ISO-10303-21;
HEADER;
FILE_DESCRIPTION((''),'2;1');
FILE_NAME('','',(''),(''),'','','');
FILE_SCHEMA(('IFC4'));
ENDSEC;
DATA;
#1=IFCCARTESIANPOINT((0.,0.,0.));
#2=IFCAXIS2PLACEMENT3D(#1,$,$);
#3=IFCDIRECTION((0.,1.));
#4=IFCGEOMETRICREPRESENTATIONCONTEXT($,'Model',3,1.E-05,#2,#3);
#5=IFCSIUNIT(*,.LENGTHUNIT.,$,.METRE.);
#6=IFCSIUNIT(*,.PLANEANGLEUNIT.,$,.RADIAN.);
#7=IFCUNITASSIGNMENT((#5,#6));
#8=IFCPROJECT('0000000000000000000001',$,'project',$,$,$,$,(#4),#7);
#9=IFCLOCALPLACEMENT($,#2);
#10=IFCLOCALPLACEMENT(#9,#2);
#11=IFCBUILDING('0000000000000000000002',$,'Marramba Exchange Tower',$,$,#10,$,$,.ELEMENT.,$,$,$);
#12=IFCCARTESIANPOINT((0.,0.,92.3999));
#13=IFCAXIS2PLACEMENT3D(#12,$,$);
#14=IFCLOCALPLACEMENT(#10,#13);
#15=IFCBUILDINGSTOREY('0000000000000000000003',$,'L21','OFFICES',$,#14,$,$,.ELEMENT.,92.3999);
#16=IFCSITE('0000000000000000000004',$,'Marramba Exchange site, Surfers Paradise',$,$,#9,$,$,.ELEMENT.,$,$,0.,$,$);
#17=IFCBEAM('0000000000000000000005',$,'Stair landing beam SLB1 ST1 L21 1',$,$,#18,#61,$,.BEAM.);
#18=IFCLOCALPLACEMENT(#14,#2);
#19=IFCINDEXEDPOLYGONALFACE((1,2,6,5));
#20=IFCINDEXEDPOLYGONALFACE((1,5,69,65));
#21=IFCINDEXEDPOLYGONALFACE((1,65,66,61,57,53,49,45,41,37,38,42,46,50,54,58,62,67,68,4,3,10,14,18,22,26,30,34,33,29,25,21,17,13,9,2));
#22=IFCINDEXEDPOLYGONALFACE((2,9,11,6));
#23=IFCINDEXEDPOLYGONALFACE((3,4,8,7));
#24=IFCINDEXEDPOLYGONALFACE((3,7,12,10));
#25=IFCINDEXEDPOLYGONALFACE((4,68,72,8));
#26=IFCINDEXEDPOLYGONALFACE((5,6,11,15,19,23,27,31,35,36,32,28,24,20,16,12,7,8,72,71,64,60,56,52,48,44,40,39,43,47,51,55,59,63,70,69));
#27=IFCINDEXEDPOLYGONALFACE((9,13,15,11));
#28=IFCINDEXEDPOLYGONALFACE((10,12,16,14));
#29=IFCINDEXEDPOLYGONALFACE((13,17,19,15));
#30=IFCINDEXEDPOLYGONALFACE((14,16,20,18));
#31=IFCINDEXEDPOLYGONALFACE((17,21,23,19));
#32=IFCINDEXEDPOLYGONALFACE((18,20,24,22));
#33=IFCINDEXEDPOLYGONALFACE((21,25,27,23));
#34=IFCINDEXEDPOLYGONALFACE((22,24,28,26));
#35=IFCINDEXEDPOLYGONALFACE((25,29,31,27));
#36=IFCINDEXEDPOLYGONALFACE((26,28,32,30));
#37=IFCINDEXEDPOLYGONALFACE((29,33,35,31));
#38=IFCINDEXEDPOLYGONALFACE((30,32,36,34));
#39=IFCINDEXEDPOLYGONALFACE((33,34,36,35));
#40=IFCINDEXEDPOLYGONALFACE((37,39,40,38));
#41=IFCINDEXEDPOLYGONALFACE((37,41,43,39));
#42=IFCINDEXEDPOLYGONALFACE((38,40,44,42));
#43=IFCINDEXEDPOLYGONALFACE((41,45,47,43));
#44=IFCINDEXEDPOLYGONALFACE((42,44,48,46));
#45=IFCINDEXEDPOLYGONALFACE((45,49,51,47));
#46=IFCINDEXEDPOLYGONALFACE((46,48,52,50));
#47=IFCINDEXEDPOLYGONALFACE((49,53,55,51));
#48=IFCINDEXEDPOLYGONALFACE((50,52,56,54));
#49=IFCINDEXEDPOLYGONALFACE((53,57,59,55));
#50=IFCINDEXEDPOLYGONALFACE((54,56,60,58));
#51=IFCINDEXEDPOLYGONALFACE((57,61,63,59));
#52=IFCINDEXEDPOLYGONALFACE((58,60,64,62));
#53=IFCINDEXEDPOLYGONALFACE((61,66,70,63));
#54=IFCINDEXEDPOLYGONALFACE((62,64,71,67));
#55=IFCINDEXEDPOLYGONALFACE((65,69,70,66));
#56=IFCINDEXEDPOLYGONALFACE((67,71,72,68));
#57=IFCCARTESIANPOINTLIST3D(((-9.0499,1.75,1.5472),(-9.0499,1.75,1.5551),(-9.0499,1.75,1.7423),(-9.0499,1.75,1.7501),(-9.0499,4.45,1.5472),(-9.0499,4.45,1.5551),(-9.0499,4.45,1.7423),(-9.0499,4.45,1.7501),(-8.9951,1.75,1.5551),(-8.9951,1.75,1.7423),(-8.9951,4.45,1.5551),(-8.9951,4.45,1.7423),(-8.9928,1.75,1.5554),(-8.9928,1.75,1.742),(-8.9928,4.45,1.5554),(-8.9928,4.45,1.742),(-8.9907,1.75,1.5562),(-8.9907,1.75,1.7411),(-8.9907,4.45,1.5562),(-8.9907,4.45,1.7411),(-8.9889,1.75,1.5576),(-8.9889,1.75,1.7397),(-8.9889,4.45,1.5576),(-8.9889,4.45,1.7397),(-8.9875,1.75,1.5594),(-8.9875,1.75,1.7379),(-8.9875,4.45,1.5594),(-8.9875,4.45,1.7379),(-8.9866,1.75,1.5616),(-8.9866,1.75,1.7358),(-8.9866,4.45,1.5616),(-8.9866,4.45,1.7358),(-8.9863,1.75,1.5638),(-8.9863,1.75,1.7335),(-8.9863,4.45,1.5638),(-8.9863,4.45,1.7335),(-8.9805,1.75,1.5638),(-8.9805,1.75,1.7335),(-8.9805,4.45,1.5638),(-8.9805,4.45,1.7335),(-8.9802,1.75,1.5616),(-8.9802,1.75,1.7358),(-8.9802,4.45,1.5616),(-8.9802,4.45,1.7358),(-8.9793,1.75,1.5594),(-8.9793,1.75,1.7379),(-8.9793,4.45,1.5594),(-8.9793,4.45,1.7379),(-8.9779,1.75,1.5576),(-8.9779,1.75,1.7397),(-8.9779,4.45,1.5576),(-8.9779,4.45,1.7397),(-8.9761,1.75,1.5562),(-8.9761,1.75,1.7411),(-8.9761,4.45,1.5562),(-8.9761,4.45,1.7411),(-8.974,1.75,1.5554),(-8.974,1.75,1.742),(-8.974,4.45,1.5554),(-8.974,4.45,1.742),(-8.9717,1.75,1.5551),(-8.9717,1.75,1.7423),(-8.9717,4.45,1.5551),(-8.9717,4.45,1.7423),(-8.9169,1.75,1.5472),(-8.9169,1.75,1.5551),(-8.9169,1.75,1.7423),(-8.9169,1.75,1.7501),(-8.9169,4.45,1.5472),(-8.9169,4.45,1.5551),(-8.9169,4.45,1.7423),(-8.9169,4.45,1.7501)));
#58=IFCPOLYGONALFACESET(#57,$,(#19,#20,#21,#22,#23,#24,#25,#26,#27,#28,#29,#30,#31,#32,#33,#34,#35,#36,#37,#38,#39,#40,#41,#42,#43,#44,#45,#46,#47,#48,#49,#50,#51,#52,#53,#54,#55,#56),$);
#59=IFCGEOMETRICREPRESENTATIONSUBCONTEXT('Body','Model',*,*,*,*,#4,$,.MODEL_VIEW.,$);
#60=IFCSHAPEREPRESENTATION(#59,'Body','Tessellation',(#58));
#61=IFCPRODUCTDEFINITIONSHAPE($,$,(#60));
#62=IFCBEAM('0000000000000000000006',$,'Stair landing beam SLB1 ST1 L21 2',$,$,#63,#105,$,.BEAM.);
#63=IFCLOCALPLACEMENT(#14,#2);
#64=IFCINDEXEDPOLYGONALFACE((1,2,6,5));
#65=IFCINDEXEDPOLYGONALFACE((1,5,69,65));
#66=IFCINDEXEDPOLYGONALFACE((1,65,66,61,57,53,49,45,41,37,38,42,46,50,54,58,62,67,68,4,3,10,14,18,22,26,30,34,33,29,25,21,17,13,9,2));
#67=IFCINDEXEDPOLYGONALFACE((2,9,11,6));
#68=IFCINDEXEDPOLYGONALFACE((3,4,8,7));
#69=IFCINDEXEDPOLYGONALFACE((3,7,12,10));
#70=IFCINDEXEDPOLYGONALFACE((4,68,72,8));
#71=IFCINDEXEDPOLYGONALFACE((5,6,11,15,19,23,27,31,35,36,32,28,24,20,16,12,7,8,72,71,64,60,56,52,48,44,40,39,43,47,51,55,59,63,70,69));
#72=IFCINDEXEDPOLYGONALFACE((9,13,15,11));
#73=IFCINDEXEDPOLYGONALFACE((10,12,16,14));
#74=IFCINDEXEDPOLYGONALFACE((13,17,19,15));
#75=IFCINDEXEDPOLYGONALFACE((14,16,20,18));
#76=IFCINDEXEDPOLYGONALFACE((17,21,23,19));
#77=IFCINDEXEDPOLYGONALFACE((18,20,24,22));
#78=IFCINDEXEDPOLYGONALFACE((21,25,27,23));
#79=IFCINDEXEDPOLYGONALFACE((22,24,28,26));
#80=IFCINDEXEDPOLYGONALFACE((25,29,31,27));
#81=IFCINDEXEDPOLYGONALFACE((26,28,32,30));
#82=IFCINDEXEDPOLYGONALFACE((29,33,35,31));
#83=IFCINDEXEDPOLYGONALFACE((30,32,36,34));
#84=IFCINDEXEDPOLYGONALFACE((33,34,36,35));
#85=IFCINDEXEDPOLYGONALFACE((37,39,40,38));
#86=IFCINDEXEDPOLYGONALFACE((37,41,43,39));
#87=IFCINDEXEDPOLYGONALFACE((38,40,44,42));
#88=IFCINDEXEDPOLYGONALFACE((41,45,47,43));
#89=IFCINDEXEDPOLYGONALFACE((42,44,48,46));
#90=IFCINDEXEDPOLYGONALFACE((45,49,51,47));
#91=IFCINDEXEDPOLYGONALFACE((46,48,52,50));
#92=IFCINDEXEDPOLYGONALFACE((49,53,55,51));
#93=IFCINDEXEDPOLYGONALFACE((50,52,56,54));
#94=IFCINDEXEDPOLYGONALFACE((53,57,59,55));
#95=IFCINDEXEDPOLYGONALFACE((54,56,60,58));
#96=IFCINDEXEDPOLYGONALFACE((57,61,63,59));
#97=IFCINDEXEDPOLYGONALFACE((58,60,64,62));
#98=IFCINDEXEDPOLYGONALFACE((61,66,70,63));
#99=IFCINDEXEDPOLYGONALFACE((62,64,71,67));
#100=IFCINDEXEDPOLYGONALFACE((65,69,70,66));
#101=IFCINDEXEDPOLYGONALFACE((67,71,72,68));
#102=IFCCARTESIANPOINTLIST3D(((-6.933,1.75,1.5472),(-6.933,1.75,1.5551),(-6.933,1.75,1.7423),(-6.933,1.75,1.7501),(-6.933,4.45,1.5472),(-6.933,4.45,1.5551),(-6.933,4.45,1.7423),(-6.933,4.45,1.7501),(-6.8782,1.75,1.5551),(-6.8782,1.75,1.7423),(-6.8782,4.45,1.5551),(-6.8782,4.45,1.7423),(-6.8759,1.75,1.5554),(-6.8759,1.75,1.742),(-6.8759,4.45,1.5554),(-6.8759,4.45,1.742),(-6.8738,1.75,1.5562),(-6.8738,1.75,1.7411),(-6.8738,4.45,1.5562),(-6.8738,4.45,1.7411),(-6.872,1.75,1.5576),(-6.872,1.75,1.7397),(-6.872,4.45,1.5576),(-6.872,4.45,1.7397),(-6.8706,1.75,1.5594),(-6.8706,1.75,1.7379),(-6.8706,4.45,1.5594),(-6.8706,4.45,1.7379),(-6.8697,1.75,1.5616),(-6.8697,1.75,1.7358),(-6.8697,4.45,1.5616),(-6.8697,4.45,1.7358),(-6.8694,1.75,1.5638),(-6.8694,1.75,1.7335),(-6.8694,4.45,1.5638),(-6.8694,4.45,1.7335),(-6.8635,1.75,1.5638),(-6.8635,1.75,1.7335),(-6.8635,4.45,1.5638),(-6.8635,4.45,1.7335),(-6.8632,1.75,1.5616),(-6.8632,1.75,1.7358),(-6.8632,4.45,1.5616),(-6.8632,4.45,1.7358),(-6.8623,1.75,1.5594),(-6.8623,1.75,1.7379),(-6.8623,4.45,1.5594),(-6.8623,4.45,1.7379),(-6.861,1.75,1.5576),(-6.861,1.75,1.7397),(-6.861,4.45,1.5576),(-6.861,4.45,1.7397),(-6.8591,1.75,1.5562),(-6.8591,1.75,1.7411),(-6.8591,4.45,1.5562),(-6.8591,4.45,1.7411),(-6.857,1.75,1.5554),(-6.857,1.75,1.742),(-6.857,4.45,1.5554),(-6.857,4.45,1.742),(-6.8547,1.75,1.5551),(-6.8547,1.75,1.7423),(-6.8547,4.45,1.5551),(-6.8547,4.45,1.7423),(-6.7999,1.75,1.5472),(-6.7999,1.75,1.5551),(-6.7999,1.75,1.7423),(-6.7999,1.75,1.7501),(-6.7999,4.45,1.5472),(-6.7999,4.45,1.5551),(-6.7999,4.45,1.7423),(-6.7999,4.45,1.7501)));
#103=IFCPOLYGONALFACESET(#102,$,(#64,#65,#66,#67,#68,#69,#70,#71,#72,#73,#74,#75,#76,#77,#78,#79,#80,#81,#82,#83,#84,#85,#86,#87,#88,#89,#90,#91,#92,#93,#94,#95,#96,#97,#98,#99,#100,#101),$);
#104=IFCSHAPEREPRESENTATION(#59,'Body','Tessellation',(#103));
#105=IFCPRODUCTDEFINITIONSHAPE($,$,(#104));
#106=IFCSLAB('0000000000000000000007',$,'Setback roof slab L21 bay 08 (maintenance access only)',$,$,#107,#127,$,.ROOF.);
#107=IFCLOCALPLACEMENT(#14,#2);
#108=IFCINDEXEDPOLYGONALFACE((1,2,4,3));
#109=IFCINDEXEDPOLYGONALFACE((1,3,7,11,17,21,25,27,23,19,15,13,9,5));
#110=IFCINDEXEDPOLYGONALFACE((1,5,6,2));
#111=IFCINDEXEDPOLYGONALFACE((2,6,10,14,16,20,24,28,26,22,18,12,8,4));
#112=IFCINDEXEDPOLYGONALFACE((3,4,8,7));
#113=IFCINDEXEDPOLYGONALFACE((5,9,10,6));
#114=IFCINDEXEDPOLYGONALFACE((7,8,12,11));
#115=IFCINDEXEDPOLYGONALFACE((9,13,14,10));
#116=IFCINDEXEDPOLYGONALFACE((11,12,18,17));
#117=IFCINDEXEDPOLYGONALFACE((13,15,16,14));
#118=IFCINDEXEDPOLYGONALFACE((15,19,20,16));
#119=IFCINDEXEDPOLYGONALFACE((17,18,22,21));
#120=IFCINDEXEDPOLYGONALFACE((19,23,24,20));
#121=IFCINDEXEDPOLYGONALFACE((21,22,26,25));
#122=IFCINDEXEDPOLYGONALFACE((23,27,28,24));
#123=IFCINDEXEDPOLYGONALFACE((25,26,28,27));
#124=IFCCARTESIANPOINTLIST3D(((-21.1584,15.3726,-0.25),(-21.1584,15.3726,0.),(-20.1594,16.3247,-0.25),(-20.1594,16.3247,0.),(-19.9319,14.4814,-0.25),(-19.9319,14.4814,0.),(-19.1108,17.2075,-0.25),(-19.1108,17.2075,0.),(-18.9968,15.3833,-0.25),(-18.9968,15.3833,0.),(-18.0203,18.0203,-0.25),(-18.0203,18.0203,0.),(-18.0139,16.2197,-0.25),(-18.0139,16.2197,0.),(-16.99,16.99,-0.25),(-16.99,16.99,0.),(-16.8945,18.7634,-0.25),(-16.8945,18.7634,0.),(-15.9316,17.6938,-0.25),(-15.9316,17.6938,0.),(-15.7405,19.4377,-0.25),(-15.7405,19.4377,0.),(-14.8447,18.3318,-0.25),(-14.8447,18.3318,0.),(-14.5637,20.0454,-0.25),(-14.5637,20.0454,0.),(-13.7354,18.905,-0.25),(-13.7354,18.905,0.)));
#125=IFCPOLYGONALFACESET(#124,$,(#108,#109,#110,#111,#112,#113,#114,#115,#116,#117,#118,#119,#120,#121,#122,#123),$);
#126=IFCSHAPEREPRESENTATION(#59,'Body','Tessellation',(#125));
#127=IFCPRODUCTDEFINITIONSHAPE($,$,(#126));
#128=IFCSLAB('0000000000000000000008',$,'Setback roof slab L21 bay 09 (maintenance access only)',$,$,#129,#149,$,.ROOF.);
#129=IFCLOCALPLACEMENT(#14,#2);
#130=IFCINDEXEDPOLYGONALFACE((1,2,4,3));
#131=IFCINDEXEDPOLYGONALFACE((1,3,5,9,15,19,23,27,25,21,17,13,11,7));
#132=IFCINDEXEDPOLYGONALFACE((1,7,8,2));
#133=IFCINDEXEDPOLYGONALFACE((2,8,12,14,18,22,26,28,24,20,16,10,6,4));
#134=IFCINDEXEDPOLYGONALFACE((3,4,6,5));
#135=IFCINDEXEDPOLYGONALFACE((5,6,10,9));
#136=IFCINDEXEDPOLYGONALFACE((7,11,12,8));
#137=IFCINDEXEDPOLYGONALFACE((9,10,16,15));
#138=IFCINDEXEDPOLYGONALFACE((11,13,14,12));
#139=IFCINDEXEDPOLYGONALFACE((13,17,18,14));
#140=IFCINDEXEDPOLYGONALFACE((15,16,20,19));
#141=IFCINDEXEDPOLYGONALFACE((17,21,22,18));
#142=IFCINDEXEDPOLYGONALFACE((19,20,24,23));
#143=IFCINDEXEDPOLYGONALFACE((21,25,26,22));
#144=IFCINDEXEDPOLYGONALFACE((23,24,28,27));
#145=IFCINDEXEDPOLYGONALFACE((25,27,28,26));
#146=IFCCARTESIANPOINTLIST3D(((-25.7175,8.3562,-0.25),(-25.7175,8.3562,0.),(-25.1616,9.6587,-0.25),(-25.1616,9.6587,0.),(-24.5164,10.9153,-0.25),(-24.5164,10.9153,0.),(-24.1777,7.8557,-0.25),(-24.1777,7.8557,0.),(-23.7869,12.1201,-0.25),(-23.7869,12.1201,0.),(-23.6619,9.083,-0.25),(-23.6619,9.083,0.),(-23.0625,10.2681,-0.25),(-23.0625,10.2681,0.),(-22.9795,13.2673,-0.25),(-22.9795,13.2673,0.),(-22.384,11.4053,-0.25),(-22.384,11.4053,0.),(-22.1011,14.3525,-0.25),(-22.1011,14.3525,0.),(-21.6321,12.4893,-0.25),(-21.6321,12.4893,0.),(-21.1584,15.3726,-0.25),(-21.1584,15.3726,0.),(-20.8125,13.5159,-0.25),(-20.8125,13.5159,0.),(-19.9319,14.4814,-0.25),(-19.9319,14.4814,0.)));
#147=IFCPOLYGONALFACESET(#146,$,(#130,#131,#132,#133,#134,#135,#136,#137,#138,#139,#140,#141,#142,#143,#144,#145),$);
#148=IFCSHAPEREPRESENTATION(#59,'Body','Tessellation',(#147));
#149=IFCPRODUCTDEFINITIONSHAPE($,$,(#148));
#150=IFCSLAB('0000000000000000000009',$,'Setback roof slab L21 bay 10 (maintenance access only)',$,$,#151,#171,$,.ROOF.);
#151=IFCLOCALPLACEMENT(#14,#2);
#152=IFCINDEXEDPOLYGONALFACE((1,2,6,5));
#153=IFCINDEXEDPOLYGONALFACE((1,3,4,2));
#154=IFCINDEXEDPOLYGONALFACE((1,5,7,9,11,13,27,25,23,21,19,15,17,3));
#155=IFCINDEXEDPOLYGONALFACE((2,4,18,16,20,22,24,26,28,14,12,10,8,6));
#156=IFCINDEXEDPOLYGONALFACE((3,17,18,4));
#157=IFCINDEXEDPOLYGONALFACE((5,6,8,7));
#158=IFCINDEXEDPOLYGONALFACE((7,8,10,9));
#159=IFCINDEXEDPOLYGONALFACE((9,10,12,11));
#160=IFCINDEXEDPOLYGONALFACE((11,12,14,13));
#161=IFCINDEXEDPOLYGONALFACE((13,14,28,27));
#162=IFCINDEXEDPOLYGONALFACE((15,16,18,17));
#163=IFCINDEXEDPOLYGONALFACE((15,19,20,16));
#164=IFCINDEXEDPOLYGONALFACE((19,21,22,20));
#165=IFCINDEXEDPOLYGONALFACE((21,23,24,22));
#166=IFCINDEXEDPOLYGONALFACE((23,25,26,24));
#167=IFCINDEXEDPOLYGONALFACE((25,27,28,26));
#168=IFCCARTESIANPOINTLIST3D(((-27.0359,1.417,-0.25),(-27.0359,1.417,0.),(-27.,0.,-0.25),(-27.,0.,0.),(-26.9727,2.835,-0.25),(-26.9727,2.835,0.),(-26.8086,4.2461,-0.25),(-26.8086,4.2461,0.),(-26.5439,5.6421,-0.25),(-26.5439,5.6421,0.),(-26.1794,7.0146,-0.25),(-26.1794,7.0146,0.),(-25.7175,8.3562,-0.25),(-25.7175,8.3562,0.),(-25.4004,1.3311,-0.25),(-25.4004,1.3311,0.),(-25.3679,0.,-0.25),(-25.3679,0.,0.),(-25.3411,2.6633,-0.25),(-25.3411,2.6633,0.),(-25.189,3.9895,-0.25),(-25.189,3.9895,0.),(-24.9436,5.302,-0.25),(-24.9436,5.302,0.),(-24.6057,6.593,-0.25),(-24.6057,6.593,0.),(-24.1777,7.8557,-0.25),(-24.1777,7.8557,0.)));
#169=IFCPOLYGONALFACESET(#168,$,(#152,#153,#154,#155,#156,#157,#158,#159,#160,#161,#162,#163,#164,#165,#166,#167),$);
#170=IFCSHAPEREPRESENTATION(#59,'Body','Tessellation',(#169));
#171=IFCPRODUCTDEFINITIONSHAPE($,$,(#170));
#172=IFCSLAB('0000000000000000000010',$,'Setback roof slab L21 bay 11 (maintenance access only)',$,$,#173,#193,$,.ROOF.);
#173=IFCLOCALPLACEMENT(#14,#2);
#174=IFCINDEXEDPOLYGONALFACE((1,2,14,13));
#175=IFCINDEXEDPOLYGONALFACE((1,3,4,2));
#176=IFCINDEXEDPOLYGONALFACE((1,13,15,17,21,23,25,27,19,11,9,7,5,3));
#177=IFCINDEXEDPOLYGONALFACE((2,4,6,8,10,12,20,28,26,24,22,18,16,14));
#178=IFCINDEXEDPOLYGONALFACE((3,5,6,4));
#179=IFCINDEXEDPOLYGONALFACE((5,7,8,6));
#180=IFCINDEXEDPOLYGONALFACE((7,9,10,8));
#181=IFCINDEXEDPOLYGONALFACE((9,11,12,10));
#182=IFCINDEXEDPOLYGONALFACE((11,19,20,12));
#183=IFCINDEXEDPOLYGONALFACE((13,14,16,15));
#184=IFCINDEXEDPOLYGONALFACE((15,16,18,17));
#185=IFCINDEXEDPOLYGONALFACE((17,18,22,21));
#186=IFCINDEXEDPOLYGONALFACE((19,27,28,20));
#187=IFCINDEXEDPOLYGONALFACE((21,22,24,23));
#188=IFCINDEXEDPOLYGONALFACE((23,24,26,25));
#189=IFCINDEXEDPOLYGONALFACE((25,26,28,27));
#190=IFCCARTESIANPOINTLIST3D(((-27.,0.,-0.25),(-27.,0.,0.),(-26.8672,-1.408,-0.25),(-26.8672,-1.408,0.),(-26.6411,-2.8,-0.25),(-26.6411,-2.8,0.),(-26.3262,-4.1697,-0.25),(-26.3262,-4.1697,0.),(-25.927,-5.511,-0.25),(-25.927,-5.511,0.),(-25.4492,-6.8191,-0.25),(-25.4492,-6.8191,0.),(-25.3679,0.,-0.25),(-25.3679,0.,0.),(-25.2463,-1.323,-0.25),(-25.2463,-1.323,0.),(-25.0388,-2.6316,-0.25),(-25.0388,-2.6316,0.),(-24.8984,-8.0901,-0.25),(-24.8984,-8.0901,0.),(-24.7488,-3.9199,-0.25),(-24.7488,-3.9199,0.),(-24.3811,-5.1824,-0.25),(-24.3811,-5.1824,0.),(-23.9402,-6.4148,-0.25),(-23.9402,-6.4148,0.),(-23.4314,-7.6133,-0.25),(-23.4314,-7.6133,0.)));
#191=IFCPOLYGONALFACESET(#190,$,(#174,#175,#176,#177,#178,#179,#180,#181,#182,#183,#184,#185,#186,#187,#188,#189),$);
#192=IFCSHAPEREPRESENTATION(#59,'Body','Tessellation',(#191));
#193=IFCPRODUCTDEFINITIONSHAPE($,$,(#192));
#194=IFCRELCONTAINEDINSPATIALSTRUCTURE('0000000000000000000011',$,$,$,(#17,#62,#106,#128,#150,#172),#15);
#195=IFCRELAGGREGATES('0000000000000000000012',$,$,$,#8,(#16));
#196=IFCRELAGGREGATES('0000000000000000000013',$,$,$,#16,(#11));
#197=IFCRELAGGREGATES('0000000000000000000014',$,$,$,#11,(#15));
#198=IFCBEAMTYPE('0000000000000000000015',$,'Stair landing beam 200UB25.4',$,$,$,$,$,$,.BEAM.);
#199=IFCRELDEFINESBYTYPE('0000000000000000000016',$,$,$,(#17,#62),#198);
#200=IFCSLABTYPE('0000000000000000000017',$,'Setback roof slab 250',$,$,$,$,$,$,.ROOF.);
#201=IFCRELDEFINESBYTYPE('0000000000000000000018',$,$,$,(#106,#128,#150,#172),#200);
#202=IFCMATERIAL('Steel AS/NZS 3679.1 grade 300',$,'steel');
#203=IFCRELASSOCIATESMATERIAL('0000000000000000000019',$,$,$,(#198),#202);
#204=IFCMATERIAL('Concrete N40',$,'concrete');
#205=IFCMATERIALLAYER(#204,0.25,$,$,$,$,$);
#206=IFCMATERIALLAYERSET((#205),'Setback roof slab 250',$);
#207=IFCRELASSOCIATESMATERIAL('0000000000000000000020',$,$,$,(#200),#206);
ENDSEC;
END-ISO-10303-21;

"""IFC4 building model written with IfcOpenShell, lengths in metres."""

from ifc_helpers import new_model, si_unit, direction, frame, origin, origin_2d, place, context, subcontext, project, spatial, polyline, i_section, outline, extrude, material, layer, layer_set, material_profile, profile_set, type_object, element, save


model = new_model("IFC4")

# Units and contexts
model_context = context("Model", 3, precision=1e-05, world=origin(), true_north=direction((0.0, 1.0)))
body_context = subcontext(model_context, "Body", "Model", "MODEL_VIEW")
ifc_project = project(units=[si_unit("LENGTHUNIT", "METRE"), si_unit("PLANEANGLEUNIT", "RADIAN")], contexts=[model_context])

# Site, building, storey
site_placement = place(None, origin())
site = spatial("IfcSite", under=ifc_project, at=site_placement, Name="Marramba Exchange site, Surfers Paradise", CompositionType="ELEMENT", RefElevation=0.0)
building_placement = place(site_placement, origin())
building = spatial("IfcBuilding", under=site, at=building_placement, Name="Marramba Exchange Tower", CompositionType="ELEMENT")
storey_placement = place(building_placement, frame((0.0, 0.0, 92.3999)))
storey = spatial("IfcBuildingStorey", under=building, at=storey_placement, Name="L21", Description="OFFICES", CompositionType="ELEMENT", Elevation=92.3999)

# Beams
ifc_material_1 = material(Name="Steel AS/NZS 3679.1 grade 300", Category="steel")
ifc_material_profile_1 = material_profile(ifc_material_1, i_section(OverallWidth=0.1331, OverallDepth=0.2029, WebThickness=0.0059, FlangeThickness=0.0078, FilletRadius=0.0088, at=origin_2d()), Name="200UB25.4")
ifc_profile_set_1 = profile_set([ifc_material_profile_1], Name="Steel AS/NZS 3679.1 grade 300")
beam_type_1 = type_object("IfcBeamType", Name="Stair landing beam 200UB25.4", PredefinedType="BEAM", material=ifc_profile_set_1)
for number, where, z_axis, x_axis, name in (
    (1, (-8.9834, 1.75, 1.6487), (0.0, 1.0, 0.0), (-1.0, 0.0, 0.0), "Stair landing beam SLB1 ST1 L21 1"),
    (2, (-6.8665, 1.75, 1.6487), (0.0, 1.0, 0.0), (-1.0, 0.0, 0.0), "Stair landing beam SLB1 ST1 L21 2"),
):
    element("IfcBeam", number, at=place(storey_placement, frame(where, z_axis=z_axis, x_axis=x_axis)), inside=storey, type_object=beam_type_1, Name=name, PredefinedType="BEAM", context=body_context, shape_type="SweptSolid", body=[
        extrude(i_section(OverallWidth=0.1331, OverallDepth=0.2029, WebThickness=0.0059, FlangeThickness=0.0078, FilletRadius=0.0088, at=origin_2d()), origin(), (0.0, 0.0, 1.0), 2.7),
    ])

# Slabs
ifc_material_2 = material(Name="Concrete N40", Category="concrete")
ifc_layer_1 = layer(ifc_material_2, 0.25)
ifc_layer_set_1 = layer_set([ifc_layer_1], Name="Setback roof slab 250")
slab_type = type_object("IfcSlabType", Name="Setback roof slab 250", PredefinedType="ROOF", material=ifc_layer_set_1)
slab_1_placement = place(storey_placement, frame((0.0, 0.0, -0.25)))
element("IfcSlab", 3, at=slab_1_placement, inside=storey, type_object=slab_type, Name="Setback roof slab L21 bay 08 (maintenance access only)", PredefinedType="ROOF", context=body_context, shape_type="SweptSolid", body=[
    extrude(outline(polyline([(-21.1584, 15.3726), (-20.1594, 16.3247), (-19.1108, 17.2075), (-18.0203, 18.0203), (-16.8945, 18.7634), (-15.7405, 19.4377), (-14.5637, 20.0454), (-13.7354, 18.905), (-14.8447, 18.3318), (-15.9316, 17.6938), (-16.99, 16.99), (-18.0139, 16.2197), (-18.9968, 15.3833), (-19.9319, 14.4814), (-21.1584, 15.3726)])), origin(), (0.0, 0.0, 1.0), 0.25),
])
slab_2_placement = place(storey_placement, frame((0.0, 0.0, -0.25)))
element("IfcSlab", 4, at=slab_2_placement, inside=storey, type_object=slab_type, Name="Setback roof slab L21 bay 09 (maintenance access only)", PredefinedType="ROOF", context=body_context, shape_type="SweptSolid", body=[
    extrude(outline(polyline([(-25.1616, 9.6587), (-24.5164, 10.9153), (-23.7869, 12.1201), (-22.9795, 13.2673), (-22.1011, 14.3525), (-21.1584, 15.3726), (-19.9319, 14.4814), (-20.8125, 13.5159), (-21.6321, 12.4893), (-22.384, 11.4053), (-23.0625, 10.2681), (-23.6619, 9.083), (-24.1777, 7.8557), (-25.7175, 8.3562), (-25.1616, 9.6587)])), origin(), (0.0, 0.0, 1.0), 0.25),
])
slab_3_placement = place(storey_placement, frame((0.0, 0.0, -0.25)))
element("IfcSlab", 5, at=slab_3_placement, inside=storey, type_object=slab_type, Name="Setback roof slab L21 bay 10 (maintenance access only)", PredefinedType="ROOF", context=body_context, shape_type="SweptSolid", body=[
    extrude(outline(polyline([(-27.0359, 1.417), (-26.9727, 2.835), (-26.8086, 4.2461), (-26.5439, 5.6421), (-26.1794, 7.0146), (-25.7175, 8.3562), (-24.1777, 7.8557), (-24.6057, 6.593), (-24.9436, 5.302), (-25.189, 3.9895), (-25.3411, 2.6633), (-25.4004, 1.3311), (-25.3679, 0.0), (-27.0, 0.0), (-27.0359, 1.417)])), origin(), (0.0, 0.0, 1.0), 0.25),
])
slab_4_placement = place(storey_placement, frame((0.0, 0.0, -0.25)))
element("IfcSlab", 6, at=slab_4_placement, inside=storey, type_object=slab_type, Name="Setback roof slab L21 bay 11 (maintenance access only)", PredefinedType="ROOF", context=body_context, shape_type="SweptSolid", body=[
    extrude(outline(polyline([(-25.4492, -6.8191), (-25.927, -5.511), (-26.3262, -4.1697), (-26.6411, -2.8), (-26.8672, -1.408), (-27.0, 0.0), (-25.3679, 0.0), (-25.2463, -1.323), (-25.0388, -2.6316), (-24.7488, -3.9199), (-24.3811, -5.1824), (-23.9402, -6.4148), (-23.4314, -7.6133), (-24.8984, -8.0901), (-25.4492, -6.8191)])), origin(), (0.0, 0.0, 1.0), 0.25),
])

save(model, "model.ifc")
